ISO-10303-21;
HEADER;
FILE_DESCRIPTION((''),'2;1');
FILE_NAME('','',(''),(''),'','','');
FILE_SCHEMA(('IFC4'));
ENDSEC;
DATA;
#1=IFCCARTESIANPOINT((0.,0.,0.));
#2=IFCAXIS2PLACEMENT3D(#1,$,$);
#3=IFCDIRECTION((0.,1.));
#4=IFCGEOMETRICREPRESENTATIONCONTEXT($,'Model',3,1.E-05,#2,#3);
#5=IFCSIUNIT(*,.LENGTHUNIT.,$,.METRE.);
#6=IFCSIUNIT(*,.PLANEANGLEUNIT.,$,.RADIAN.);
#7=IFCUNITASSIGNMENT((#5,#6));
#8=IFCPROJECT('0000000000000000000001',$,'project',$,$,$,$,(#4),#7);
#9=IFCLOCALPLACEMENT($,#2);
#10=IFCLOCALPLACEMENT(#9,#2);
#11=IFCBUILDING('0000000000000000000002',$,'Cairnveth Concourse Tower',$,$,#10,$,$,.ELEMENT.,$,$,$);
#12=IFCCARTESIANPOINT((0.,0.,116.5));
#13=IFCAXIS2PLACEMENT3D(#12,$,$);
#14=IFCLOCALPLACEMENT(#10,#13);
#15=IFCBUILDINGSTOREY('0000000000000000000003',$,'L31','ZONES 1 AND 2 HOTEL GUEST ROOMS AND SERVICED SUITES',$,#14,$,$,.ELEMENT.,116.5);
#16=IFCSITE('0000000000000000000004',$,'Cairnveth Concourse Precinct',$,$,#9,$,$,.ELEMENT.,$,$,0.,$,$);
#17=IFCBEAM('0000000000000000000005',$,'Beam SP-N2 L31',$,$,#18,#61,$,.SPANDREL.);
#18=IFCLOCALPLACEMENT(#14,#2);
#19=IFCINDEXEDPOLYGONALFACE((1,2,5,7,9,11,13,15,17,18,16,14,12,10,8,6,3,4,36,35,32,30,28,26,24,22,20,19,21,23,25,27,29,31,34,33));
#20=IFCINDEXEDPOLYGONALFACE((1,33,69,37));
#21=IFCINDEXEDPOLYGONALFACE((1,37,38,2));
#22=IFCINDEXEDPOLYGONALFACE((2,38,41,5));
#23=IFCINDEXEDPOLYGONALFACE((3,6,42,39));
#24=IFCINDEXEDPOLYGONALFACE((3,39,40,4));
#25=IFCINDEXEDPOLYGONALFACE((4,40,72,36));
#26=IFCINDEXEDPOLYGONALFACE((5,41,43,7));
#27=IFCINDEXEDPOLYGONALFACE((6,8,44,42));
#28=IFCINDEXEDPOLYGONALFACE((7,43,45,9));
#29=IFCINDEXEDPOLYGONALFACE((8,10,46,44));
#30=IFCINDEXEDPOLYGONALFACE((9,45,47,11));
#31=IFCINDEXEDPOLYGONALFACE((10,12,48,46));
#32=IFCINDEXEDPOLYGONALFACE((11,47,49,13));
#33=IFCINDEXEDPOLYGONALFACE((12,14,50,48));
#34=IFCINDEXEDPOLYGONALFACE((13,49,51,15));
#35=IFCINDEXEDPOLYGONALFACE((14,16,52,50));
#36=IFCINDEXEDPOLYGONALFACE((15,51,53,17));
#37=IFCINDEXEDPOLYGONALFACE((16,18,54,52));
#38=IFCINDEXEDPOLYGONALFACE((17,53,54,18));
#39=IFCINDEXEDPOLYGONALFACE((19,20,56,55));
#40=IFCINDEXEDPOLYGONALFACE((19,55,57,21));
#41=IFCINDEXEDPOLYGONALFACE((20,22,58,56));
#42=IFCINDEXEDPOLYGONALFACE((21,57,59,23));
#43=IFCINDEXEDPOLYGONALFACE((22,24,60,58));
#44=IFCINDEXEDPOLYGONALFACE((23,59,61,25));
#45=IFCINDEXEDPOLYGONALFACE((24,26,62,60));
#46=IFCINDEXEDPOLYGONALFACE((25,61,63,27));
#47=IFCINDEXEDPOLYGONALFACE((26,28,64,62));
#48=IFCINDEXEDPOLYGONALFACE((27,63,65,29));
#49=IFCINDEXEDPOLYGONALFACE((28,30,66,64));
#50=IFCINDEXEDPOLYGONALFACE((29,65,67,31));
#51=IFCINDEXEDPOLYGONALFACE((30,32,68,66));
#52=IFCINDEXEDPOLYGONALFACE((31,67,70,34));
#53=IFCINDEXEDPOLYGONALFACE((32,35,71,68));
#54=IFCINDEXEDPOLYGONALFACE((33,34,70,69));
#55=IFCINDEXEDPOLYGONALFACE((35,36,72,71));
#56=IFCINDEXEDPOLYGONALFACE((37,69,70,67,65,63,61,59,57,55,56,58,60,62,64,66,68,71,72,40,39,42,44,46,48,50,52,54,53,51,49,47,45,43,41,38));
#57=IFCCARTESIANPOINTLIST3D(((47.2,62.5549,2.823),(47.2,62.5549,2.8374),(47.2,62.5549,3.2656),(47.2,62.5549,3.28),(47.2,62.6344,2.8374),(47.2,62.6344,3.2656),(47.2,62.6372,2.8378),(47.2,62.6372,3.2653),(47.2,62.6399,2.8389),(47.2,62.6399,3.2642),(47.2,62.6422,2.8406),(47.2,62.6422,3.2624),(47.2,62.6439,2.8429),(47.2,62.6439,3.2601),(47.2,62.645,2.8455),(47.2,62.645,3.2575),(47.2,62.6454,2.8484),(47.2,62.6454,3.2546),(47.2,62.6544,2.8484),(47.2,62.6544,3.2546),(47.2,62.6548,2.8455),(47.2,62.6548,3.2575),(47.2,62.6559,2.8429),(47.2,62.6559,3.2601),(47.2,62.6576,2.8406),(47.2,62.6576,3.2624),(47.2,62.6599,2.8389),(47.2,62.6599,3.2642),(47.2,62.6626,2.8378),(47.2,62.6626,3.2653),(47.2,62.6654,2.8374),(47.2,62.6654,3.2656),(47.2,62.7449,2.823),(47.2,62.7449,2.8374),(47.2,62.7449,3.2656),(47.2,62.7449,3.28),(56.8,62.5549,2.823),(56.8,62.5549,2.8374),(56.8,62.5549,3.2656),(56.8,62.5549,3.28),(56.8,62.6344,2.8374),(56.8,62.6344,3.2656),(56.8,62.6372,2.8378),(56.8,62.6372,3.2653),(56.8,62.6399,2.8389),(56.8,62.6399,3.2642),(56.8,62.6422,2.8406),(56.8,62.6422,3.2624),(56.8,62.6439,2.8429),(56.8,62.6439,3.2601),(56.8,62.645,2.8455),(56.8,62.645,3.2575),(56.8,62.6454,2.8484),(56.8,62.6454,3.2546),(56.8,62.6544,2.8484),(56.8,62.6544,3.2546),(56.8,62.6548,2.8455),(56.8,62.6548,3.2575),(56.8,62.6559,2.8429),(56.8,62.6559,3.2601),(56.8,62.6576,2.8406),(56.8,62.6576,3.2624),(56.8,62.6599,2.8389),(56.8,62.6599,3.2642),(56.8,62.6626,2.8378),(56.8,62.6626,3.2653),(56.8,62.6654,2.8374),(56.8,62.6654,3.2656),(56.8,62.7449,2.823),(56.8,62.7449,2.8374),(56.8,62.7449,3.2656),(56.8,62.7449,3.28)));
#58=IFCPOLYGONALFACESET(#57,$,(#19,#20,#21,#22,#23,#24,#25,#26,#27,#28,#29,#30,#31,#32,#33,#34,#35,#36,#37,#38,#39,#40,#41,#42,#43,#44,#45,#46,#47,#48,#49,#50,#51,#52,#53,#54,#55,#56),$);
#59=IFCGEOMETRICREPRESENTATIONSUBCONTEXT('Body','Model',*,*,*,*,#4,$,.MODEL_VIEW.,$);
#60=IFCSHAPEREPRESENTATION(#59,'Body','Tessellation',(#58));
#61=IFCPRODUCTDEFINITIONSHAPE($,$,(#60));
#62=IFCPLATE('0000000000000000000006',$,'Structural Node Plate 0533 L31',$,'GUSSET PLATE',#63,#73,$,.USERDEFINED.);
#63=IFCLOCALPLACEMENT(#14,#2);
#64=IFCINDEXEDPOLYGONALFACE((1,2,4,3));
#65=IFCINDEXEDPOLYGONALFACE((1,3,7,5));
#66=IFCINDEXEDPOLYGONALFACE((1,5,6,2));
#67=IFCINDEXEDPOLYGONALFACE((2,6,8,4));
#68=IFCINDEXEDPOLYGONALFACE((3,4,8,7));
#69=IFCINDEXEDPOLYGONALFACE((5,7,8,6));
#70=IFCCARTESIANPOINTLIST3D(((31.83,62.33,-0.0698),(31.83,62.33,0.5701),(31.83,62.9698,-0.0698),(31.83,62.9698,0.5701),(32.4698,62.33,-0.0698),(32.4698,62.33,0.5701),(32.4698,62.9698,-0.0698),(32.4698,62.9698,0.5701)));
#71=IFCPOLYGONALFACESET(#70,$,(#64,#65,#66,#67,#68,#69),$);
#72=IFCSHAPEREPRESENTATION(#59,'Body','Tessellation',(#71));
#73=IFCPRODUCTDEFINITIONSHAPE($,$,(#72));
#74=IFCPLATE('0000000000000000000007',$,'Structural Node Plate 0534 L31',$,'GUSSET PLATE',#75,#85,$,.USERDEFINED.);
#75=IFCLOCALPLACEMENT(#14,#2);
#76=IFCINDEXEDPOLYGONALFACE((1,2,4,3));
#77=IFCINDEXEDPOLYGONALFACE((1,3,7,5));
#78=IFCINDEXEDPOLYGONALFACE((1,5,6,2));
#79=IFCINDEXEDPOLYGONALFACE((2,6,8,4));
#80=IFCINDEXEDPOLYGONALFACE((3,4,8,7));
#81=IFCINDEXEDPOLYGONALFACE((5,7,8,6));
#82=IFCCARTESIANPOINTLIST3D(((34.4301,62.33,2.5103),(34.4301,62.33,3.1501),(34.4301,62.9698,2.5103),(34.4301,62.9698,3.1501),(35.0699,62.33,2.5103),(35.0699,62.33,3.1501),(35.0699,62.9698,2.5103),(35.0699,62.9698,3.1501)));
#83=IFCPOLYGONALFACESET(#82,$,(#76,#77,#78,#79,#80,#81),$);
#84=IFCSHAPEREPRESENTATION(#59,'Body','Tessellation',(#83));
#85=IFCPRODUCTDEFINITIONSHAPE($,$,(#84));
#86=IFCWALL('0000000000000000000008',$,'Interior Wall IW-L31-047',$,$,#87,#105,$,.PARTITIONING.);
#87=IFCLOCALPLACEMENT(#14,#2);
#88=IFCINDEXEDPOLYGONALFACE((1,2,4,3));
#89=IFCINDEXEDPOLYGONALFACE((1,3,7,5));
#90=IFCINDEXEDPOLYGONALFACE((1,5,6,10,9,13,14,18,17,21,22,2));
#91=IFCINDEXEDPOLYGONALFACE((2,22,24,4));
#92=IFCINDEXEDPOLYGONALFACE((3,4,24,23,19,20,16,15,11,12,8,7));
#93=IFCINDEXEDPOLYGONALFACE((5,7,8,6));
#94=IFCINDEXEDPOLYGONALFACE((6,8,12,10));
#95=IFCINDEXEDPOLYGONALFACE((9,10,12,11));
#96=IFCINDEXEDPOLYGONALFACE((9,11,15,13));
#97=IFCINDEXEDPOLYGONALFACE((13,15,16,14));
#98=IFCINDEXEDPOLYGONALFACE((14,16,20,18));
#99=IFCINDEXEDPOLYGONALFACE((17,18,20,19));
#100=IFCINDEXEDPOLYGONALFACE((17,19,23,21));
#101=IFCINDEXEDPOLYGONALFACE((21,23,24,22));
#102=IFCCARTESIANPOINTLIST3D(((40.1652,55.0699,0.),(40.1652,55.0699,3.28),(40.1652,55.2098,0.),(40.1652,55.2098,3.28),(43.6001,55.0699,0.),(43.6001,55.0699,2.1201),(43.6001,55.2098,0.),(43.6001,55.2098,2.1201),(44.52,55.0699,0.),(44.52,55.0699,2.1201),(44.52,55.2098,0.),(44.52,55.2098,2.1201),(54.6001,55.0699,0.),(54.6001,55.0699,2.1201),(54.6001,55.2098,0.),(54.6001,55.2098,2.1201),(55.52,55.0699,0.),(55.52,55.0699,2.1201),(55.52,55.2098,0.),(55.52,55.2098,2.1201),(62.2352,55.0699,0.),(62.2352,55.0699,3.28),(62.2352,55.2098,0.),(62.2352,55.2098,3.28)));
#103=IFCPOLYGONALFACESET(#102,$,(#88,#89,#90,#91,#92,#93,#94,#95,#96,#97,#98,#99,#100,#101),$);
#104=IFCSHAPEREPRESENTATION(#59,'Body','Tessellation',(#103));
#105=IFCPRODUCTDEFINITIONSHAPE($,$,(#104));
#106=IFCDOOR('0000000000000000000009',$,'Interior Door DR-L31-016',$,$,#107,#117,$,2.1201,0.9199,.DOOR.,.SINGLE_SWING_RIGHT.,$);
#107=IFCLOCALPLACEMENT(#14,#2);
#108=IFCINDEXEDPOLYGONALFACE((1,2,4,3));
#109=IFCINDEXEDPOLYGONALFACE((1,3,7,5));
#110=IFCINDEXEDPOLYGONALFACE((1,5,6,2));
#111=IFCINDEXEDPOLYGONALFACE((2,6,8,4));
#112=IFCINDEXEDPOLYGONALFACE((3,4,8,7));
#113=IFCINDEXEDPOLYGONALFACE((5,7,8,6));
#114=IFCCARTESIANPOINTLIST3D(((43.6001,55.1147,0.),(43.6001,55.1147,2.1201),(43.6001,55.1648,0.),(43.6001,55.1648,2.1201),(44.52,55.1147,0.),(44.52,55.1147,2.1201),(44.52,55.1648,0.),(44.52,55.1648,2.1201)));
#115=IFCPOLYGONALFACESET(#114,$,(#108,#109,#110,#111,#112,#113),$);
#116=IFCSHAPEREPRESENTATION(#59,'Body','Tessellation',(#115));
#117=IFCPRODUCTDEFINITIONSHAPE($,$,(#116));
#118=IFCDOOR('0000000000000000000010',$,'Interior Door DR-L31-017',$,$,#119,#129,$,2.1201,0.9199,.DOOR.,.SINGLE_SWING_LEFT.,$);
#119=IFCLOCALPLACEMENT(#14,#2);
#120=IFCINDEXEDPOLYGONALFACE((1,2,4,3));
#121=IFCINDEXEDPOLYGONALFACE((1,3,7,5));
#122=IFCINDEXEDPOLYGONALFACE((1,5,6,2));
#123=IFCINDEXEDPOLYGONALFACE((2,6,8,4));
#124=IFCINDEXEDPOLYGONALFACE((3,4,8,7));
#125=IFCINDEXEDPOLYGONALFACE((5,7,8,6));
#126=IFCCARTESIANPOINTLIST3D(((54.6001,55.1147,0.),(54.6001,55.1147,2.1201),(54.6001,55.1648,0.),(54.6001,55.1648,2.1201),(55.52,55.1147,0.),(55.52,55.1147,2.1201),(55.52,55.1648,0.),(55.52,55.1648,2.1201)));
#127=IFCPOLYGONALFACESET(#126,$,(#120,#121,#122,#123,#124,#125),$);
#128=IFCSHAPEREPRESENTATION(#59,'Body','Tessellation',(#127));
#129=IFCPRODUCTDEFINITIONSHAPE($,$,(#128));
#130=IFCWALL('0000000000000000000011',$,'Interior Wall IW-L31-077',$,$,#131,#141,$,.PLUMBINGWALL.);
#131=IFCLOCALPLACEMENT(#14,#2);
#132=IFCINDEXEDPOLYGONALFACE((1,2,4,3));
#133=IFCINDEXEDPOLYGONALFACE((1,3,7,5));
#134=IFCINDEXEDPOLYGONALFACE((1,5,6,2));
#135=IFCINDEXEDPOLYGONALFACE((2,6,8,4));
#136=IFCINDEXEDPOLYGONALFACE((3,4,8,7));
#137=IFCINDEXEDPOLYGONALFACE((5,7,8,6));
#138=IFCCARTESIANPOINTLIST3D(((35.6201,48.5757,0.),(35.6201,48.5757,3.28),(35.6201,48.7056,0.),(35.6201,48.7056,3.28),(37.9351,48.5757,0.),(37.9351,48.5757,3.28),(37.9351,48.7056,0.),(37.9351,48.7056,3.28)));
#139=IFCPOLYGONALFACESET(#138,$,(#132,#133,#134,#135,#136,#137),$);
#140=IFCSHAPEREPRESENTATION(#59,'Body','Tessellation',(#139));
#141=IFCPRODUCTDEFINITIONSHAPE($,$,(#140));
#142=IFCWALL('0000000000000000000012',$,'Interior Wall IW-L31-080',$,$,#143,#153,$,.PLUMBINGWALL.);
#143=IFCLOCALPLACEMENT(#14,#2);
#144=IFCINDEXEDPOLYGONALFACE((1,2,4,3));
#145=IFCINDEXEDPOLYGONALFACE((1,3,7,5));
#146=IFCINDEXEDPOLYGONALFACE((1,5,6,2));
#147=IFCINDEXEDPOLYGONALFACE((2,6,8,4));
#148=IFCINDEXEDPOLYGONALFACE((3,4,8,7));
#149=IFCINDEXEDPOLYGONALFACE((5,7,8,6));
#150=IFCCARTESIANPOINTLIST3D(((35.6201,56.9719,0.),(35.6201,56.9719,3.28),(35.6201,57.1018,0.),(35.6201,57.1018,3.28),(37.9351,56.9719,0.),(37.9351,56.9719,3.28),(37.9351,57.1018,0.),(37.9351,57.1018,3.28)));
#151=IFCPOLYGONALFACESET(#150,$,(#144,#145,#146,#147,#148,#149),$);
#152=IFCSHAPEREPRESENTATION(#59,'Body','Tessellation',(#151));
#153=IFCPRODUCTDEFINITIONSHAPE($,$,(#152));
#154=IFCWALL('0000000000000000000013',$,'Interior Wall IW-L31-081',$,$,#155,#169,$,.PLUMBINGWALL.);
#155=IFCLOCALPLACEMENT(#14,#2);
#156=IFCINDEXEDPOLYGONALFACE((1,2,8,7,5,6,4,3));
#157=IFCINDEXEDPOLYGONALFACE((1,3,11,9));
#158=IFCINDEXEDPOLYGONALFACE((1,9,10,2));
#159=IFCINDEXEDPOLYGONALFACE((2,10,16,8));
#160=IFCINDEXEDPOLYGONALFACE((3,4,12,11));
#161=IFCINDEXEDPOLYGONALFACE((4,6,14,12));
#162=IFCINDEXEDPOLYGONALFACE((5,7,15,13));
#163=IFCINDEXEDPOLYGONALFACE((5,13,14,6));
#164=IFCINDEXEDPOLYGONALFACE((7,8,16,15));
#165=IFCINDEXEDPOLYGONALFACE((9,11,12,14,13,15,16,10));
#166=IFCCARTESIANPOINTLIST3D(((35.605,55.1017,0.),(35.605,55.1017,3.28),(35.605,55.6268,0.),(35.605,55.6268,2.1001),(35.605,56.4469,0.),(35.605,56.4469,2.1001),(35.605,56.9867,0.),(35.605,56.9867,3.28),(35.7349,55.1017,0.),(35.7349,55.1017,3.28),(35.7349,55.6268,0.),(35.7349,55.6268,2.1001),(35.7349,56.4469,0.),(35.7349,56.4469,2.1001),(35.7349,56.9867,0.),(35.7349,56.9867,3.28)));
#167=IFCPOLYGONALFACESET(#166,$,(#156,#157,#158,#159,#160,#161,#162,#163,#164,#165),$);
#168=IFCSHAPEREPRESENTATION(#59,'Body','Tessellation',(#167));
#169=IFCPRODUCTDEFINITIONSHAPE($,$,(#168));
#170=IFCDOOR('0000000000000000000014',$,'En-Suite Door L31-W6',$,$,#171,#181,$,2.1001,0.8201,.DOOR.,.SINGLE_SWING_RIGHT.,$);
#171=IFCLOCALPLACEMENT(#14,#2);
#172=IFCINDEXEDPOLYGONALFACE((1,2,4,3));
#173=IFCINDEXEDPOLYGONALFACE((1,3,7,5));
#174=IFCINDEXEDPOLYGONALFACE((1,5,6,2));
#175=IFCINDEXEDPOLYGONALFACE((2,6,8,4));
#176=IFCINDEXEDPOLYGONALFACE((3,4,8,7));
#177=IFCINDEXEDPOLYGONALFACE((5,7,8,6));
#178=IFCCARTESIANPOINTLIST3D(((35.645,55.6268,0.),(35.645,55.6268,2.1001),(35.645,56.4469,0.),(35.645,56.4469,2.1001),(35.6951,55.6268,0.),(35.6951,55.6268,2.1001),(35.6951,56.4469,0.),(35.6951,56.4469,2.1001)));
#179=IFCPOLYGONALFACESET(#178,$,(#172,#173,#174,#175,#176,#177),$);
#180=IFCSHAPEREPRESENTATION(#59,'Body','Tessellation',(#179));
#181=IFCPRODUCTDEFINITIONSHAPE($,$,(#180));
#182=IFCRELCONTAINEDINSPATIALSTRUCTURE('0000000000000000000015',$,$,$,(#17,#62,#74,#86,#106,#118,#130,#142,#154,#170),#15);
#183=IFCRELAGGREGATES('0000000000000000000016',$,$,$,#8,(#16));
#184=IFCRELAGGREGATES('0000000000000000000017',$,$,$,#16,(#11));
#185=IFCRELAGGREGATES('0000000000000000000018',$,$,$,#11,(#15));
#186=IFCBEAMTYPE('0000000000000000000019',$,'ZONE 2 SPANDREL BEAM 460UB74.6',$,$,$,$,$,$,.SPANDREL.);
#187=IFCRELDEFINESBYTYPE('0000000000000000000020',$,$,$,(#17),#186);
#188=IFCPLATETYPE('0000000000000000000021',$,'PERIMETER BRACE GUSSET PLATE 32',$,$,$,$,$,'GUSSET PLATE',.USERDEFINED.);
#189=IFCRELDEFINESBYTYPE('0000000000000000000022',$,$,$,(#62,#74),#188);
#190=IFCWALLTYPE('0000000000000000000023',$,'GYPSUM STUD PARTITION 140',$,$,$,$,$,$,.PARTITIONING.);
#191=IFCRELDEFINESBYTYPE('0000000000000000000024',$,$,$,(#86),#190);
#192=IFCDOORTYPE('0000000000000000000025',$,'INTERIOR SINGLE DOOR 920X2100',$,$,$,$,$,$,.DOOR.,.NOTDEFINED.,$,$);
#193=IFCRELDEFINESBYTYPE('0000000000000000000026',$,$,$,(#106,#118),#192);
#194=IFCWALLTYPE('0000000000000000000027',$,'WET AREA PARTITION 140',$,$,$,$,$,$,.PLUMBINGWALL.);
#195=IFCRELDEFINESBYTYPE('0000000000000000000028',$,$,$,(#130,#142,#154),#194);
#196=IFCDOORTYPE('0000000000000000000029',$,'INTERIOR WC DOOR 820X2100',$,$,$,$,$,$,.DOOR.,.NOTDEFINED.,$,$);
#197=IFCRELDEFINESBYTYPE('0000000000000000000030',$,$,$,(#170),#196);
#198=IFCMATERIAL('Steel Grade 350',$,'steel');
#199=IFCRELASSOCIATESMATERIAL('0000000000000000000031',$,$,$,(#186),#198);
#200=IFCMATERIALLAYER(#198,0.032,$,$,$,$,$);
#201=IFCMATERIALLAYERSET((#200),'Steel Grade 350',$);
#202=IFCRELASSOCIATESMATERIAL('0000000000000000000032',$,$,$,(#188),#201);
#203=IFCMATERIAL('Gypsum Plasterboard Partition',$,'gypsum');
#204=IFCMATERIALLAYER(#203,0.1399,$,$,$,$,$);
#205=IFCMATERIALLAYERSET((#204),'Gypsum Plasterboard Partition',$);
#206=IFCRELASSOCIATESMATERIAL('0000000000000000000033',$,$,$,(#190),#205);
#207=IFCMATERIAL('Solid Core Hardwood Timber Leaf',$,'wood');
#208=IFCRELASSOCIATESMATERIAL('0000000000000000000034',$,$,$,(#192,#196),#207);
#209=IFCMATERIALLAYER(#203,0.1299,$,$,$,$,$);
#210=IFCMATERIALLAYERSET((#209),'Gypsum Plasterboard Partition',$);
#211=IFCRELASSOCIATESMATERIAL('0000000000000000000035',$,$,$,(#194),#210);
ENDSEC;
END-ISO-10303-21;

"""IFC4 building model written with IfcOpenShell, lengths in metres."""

from ifc_helpers import new_model, si_unit, direction, frame, frame_2d, origin, origin_2d, place, context, subcontext, project, spatial, rectangle, i_section, extrude, material, layer, layer_set, material_profile, profile_set, type_object, element, fill, save


model = new_model("IFC4")

# Units and contexts
model_context = context("Model", 3, precision=1e-05, world=origin(), true_north=direction((0.0, 1.0)))
body_context = subcontext(model_context, "Body", "Model", "MODEL_VIEW")
ifc_project = project(units=[si_unit("LENGTHUNIT", "METRE"), si_unit("PLANEANGLEUNIT", "RADIAN")], contexts=[model_context])

# Site, building, storey
site_placement = place(None, origin())
site = spatial("IfcSite", under=ifc_project, at=site_placement, Name="Cairnveth Concourse Precinct", CompositionType="ELEMENT", RefElevation=0.0)
building_placement = place(site_placement, origin())
building = spatial("IfcBuilding", under=site, at=building_placement, Name="Cairnveth Concourse Tower", CompositionType="ELEMENT")
storey_placement = place(building_placement, frame((0.0, 0.0, 116.5)))
storey = spatial("IfcBuildingStorey", under=building, at=storey_placement, Name="L31", Description="ZONES 1 AND 2 HOTEL GUEST ROOMS AND SERVICED SUITES", CompositionType="ELEMENT", Elevation=116.5)

# Beam
ifc_material_1 = material(Name="Steel Grade 350", Category="steel")
ifc_material_profile_1 = material_profile(ifc_material_1, i_section(OverallWidth=0.1899, OverallDepth=0.457, WebThickness=0.009, FlangeThickness=0.0144, FilletRadius=0.011, at=origin_2d()), Name="460UB74.6")
ifc_profile_set_1 = profile_set([ifc_material_profile_1], Name="Steel Grade 350")
beam_type_1 = type_object("IfcBeamType", Name="ZONE 2 SPANDREL BEAM 460UB74.6", PredefinedType="SPANDREL", material=ifc_profile_set_1)
beam_1_placement = place(storey_placement, frame((47.2, 62.6499, 3.0515), z_axis=(1.0, 0.0, 0.0), x_axis=(0.0, 1.0, 0.0)))
element("IfcBeam", 1, at=beam_1_placement, inside=storey, type_object=beam_type_1, Name="Beam SP-N2 L31", PredefinedType="SPANDREL", context=body_context, shape_type="SweptSolid", body=[
    extrude(i_section(OverallWidth=0.1899, OverallDepth=0.457, WebThickness=0.009, FlangeThickness=0.0144, FilletRadius=0.011, at=origin_2d()), origin(), (0.0, 0.0, 1.0), 9.6001),
])

# Plates
ifc_layer_1 = layer(ifc_material_1, 0.032)
ifc_layer_set_1 = layer_set([ifc_layer_1], Name="Steel Grade 350")
plate_type = type_object("IfcPlateType", Name="PERIMETER BRACE GUSSET PLATE 32", ElementType="GUSSET PLATE", PredefinedType="USERDEFINED", material=ifc_layer_set_1)
for number, where, z_axis, x_axis, name in (
    (2, (32.1499, 62.6499, -0.0698), (0.0, 0.0, 1.0), (1.0, 0.0, 0.0), "Structural Node Plate 0533 L31"),
    (3, (34.75, 62.6499, 2.5103), (0.0, 0.0, 1.0), (1.0, 0.0, 0.0), "Structural Node Plate 0534 L31"),
):
    element("IfcPlate", number, at=place(storey_placement, frame(where, z_axis=z_axis, x_axis=x_axis)), inside=storey, type_object=plate_type, Name=name, ObjectType="GUSSET PLATE", PredefinedType="USERDEFINED", context=body_context, shape_type="SweptSolid", body=[
        extrude(rectangle(XDim=0.6399, YDim=0.6399, at=origin_2d()), origin(), (0.0, 0.0, 1.0), 0.6399),
    ])

# Wall, openings, doors
ifc_material_2 = material(Name="Gypsum Plasterboard Partition", Category="gypsum")
ifc_layer_2 = layer(ifc_material_2, 0.1399)
ifc_layer_set_2 = layer_set([ifc_layer_2], Name="Gypsum Plasterboard Partition")
wall_type_1 = type_object("IfcWallType", Name="GYPSUM STUD PARTITION 140", PredefinedType="PARTITIONING", material=ifc_layer_set_2)
wall_1_placement = place(storey_placement, frame((40.165, 55.1399, 0.0), z_axis=(0.0, 0.0, 1.0), x_axis=(1.0, 0.0, 0.0)))
wall_1 = element("IfcWall", 4, at=wall_1_placement, inside=storey, type_object=wall_type_1, Name="Interior Wall IW-L31-047", PredefinedType="PARTITIONING", context=body_context, shape_type="SweptSolid", body=[
    extrude(rectangle(XDim=22.0701, YDim=0.1399, at=frame_2d((11.0352, 0.0))), origin(), (0.0, 0.0, 1.0), 3.28),
])
opening_1_placement = place(wall_1_placement, frame((3.4351, 0.0, 0.0)))
opening_1 = element("IfcOpeningElement", 5, at=opening_1_placement, cuts=wall_1, PredefinedType="OPENING", context=body_context, shape_type="SweptSolid", body=[
    extrude(rectangle(XDim=0.9199, YDim=2.1201, at=frame_2d((0.46, 1.0601))), frame((0.0, 0.0798, 0.0), z_axis=(0.0, -1.0, 0.0), x_axis=(1.0, 0.0, 0.0)), (0.0, 0.0, 1.0), 0.1599),
])
opening_2_placement = place(wall_1_placement, frame((14.4351, 0.0, 0.0)))
opening_2 = element("IfcOpeningElement", 6, at=opening_2_placement, cuts=wall_1, PredefinedType="OPENING", context=body_context, shape_type="SweptSolid", body=[
    extrude(rectangle(XDim=0.9199, YDim=2.1201, at=frame_2d((0.46, 1.0601))), frame((0.0, 0.0798, 0.0), z_axis=(0.0, -1.0, 0.0), x_axis=(1.0, 0.0, 0.0)), (0.0, 0.0, 1.0), 0.1599),
])
ifc_material_3 = material(Name="Solid Core Hardwood Timber Leaf", Category="wood")
door_type_1 = type_object("IfcDoorType", Name="INTERIOR SINGLE DOOR 920X2100", OperationType="NOTDEFINED", PredefinedType="DOOR", material=ifc_material_3)
door_1_placement = place(opening_1_placement, origin())
door_1 = element("IfcDoor", 7, at=door_1_placement, inside=storey, type_object=door_type_1, Name="Interior Door DR-L31-016", OperationType="SINGLE_SWING_RIGHT", OverallHeight=2.1201, OverallWidth=0.9199, PredefinedType="DOOR", context=body_context, shape_type="SweptSolid", body=[
    extrude(rectangle(XDim=0.9199, YDim=2.1201, at=frame_2d((0.46, 1.0601))), frame((0.0, 0.0249, 0.0), z_axis=(0.0, -1.0, 0.0), x_axis=(1.0, 0.0, 0.0)), (0.0, 0.0, 1.0), 0.05),
])
fill(opening_1, door_1)
door_2_placement = place(opening_2_placement, origin())
door_2 = element("IfcDoor", 8, at=door_2_placement, inside=storey, type_object=door_type_1, Name="Interior Door DR-L31-017", OperationType="SINGLE_SWING_LEFT", OverallHeight=2.1201, OverallWidth=0.9199, PredefinedType="DOOR", context=body_context, shape_type="SweptSolid", body=[
    extrude(rectangle(XDim=0.9199, YDim=2.1201, at=frame_2d((0.46, 1.0601))), frame((0.0, 0.0249, 0.0), z_axis=(0.0, -1.0, 0.0), x_axis=(1.0, 0.0, 0.0)), (0.0, 0.0, 1.0), 0.05),
])
fill(opening_2, door_2)

# Walls
ifc_layer_3 = layer(ifc_material_2, 0.1299)
ifc_layer_set_3 = layer_set([ifc_layer_3], Name="Gypsum Plasterboard Partition")
wall_type_2 = type_object("IfcWallType", Name="WET AREA PARTITION 140", PredefinedType="PLUMBINGWALL", material=ifc_layer_set_3)
for number, where, z_axis, x_axis, name in (
    (9, (35.6201, 48.6406, 0.0), (0.0, 0.0, 1.0), (1.0, 0.0, 0.0), "Interior Wall IW-L31-077"),
    (10, (35.6201, 57.0369, 0.0), (0.0, 0.0, 1.0), (1.0, 0.0, 0.0), "Interior Wall IW-L31-080"),
):
    element("IfcWall", number, at=place(storey_placement, frame(where, z_axis=z_axis, x_axis=x_axis)), inside=storey, type_object=wall_type_2, Name=name, PredefinedType="PLUMBINGWALL", context=body_context, shape_type="SweptSolid", body=[
        extrude(rectangle(XDim=2.3149, YDim=0.1299, at=frame_2d((1.1575, 0.0))), origin(), (0.0, 0.0, 1.0), 3.28),
    ])

# Wall, opening, door
wall_2_placement = place(storey_placement, frame((35.6699, 55.1018, 0.0), z_axis=(0.0, 0.0, 1.0), x_axis=(0.0, 1.0, 0.0)))
wall_2 = element("IfcWall", 11, at=wall_2_placement, inside=storey, type_object=wall_type_2, Name="Interior Wall IW-L31-081", PredefinedType="PLUMBINGWALL", context=body_context, shape_type="SweptSolid", body=[
    extrude(rectangle(XDim=1.885, YDim=0.1299, at=frame_2d((0.9424, 0.0))), origin(), (0.0, 0.0, 1.0), 3.28),
])
opening_3_placement = place(wall_2_placement, frame((0.5249, 0.0, 0.0)))
opening_3 = element("IfcOpeningElement", 12, at=opening_3_placement, cuts=wall_2, PredefinedType="OPENING", context=body_context, shape_type="SweptSolid", body=[
    extrude(rectangle(XDim=0.8201, YDim=2.1001, at=frame_2d((0.4102, 1.05))), frame((0.0, 0.075, 0.0), z_axis=(0.0, -1.0, 0.0), x_axis=(1.0, 0.0, 0.0)), (0.0, 0.0, 1.0), 0.1499),
])
door_type_2 = type_object("IfcDoorType", Name="INTERIOR WC DOOR 820X2100", OperationType="NOTDEFINED", PredefinedType="DOOR", material=ifc_material_3)
door_3_placement = place(opening_3_placement, origin())
door_3 = element("IfcDoor", 13, at=door_3_placement, inside=storey, type_object=door_type_2, Name="En-Suite Door L31-W6", OperationType="SINGLE_SWING_RIGHT", OverallHeight=2.1001, OverallWidth=0.8201, PredefinedType="DOOR", context=body_context, shape_type="SweptSolid", body=[
    extrude(rectangle(XDim=0.8201, YDim=2.1001, at=frame_2d((0.4102, 1.05))), frame((0.0, 0.0249, 0.0), z_axis=(0.0, -1.0, 0.0), x_axis=(1.0, 0.0, 0.0)), (0.0, 0.0, 1.0), 0.05),
])
fill(opening_3, door_3)

save(model, "model.ifc")
